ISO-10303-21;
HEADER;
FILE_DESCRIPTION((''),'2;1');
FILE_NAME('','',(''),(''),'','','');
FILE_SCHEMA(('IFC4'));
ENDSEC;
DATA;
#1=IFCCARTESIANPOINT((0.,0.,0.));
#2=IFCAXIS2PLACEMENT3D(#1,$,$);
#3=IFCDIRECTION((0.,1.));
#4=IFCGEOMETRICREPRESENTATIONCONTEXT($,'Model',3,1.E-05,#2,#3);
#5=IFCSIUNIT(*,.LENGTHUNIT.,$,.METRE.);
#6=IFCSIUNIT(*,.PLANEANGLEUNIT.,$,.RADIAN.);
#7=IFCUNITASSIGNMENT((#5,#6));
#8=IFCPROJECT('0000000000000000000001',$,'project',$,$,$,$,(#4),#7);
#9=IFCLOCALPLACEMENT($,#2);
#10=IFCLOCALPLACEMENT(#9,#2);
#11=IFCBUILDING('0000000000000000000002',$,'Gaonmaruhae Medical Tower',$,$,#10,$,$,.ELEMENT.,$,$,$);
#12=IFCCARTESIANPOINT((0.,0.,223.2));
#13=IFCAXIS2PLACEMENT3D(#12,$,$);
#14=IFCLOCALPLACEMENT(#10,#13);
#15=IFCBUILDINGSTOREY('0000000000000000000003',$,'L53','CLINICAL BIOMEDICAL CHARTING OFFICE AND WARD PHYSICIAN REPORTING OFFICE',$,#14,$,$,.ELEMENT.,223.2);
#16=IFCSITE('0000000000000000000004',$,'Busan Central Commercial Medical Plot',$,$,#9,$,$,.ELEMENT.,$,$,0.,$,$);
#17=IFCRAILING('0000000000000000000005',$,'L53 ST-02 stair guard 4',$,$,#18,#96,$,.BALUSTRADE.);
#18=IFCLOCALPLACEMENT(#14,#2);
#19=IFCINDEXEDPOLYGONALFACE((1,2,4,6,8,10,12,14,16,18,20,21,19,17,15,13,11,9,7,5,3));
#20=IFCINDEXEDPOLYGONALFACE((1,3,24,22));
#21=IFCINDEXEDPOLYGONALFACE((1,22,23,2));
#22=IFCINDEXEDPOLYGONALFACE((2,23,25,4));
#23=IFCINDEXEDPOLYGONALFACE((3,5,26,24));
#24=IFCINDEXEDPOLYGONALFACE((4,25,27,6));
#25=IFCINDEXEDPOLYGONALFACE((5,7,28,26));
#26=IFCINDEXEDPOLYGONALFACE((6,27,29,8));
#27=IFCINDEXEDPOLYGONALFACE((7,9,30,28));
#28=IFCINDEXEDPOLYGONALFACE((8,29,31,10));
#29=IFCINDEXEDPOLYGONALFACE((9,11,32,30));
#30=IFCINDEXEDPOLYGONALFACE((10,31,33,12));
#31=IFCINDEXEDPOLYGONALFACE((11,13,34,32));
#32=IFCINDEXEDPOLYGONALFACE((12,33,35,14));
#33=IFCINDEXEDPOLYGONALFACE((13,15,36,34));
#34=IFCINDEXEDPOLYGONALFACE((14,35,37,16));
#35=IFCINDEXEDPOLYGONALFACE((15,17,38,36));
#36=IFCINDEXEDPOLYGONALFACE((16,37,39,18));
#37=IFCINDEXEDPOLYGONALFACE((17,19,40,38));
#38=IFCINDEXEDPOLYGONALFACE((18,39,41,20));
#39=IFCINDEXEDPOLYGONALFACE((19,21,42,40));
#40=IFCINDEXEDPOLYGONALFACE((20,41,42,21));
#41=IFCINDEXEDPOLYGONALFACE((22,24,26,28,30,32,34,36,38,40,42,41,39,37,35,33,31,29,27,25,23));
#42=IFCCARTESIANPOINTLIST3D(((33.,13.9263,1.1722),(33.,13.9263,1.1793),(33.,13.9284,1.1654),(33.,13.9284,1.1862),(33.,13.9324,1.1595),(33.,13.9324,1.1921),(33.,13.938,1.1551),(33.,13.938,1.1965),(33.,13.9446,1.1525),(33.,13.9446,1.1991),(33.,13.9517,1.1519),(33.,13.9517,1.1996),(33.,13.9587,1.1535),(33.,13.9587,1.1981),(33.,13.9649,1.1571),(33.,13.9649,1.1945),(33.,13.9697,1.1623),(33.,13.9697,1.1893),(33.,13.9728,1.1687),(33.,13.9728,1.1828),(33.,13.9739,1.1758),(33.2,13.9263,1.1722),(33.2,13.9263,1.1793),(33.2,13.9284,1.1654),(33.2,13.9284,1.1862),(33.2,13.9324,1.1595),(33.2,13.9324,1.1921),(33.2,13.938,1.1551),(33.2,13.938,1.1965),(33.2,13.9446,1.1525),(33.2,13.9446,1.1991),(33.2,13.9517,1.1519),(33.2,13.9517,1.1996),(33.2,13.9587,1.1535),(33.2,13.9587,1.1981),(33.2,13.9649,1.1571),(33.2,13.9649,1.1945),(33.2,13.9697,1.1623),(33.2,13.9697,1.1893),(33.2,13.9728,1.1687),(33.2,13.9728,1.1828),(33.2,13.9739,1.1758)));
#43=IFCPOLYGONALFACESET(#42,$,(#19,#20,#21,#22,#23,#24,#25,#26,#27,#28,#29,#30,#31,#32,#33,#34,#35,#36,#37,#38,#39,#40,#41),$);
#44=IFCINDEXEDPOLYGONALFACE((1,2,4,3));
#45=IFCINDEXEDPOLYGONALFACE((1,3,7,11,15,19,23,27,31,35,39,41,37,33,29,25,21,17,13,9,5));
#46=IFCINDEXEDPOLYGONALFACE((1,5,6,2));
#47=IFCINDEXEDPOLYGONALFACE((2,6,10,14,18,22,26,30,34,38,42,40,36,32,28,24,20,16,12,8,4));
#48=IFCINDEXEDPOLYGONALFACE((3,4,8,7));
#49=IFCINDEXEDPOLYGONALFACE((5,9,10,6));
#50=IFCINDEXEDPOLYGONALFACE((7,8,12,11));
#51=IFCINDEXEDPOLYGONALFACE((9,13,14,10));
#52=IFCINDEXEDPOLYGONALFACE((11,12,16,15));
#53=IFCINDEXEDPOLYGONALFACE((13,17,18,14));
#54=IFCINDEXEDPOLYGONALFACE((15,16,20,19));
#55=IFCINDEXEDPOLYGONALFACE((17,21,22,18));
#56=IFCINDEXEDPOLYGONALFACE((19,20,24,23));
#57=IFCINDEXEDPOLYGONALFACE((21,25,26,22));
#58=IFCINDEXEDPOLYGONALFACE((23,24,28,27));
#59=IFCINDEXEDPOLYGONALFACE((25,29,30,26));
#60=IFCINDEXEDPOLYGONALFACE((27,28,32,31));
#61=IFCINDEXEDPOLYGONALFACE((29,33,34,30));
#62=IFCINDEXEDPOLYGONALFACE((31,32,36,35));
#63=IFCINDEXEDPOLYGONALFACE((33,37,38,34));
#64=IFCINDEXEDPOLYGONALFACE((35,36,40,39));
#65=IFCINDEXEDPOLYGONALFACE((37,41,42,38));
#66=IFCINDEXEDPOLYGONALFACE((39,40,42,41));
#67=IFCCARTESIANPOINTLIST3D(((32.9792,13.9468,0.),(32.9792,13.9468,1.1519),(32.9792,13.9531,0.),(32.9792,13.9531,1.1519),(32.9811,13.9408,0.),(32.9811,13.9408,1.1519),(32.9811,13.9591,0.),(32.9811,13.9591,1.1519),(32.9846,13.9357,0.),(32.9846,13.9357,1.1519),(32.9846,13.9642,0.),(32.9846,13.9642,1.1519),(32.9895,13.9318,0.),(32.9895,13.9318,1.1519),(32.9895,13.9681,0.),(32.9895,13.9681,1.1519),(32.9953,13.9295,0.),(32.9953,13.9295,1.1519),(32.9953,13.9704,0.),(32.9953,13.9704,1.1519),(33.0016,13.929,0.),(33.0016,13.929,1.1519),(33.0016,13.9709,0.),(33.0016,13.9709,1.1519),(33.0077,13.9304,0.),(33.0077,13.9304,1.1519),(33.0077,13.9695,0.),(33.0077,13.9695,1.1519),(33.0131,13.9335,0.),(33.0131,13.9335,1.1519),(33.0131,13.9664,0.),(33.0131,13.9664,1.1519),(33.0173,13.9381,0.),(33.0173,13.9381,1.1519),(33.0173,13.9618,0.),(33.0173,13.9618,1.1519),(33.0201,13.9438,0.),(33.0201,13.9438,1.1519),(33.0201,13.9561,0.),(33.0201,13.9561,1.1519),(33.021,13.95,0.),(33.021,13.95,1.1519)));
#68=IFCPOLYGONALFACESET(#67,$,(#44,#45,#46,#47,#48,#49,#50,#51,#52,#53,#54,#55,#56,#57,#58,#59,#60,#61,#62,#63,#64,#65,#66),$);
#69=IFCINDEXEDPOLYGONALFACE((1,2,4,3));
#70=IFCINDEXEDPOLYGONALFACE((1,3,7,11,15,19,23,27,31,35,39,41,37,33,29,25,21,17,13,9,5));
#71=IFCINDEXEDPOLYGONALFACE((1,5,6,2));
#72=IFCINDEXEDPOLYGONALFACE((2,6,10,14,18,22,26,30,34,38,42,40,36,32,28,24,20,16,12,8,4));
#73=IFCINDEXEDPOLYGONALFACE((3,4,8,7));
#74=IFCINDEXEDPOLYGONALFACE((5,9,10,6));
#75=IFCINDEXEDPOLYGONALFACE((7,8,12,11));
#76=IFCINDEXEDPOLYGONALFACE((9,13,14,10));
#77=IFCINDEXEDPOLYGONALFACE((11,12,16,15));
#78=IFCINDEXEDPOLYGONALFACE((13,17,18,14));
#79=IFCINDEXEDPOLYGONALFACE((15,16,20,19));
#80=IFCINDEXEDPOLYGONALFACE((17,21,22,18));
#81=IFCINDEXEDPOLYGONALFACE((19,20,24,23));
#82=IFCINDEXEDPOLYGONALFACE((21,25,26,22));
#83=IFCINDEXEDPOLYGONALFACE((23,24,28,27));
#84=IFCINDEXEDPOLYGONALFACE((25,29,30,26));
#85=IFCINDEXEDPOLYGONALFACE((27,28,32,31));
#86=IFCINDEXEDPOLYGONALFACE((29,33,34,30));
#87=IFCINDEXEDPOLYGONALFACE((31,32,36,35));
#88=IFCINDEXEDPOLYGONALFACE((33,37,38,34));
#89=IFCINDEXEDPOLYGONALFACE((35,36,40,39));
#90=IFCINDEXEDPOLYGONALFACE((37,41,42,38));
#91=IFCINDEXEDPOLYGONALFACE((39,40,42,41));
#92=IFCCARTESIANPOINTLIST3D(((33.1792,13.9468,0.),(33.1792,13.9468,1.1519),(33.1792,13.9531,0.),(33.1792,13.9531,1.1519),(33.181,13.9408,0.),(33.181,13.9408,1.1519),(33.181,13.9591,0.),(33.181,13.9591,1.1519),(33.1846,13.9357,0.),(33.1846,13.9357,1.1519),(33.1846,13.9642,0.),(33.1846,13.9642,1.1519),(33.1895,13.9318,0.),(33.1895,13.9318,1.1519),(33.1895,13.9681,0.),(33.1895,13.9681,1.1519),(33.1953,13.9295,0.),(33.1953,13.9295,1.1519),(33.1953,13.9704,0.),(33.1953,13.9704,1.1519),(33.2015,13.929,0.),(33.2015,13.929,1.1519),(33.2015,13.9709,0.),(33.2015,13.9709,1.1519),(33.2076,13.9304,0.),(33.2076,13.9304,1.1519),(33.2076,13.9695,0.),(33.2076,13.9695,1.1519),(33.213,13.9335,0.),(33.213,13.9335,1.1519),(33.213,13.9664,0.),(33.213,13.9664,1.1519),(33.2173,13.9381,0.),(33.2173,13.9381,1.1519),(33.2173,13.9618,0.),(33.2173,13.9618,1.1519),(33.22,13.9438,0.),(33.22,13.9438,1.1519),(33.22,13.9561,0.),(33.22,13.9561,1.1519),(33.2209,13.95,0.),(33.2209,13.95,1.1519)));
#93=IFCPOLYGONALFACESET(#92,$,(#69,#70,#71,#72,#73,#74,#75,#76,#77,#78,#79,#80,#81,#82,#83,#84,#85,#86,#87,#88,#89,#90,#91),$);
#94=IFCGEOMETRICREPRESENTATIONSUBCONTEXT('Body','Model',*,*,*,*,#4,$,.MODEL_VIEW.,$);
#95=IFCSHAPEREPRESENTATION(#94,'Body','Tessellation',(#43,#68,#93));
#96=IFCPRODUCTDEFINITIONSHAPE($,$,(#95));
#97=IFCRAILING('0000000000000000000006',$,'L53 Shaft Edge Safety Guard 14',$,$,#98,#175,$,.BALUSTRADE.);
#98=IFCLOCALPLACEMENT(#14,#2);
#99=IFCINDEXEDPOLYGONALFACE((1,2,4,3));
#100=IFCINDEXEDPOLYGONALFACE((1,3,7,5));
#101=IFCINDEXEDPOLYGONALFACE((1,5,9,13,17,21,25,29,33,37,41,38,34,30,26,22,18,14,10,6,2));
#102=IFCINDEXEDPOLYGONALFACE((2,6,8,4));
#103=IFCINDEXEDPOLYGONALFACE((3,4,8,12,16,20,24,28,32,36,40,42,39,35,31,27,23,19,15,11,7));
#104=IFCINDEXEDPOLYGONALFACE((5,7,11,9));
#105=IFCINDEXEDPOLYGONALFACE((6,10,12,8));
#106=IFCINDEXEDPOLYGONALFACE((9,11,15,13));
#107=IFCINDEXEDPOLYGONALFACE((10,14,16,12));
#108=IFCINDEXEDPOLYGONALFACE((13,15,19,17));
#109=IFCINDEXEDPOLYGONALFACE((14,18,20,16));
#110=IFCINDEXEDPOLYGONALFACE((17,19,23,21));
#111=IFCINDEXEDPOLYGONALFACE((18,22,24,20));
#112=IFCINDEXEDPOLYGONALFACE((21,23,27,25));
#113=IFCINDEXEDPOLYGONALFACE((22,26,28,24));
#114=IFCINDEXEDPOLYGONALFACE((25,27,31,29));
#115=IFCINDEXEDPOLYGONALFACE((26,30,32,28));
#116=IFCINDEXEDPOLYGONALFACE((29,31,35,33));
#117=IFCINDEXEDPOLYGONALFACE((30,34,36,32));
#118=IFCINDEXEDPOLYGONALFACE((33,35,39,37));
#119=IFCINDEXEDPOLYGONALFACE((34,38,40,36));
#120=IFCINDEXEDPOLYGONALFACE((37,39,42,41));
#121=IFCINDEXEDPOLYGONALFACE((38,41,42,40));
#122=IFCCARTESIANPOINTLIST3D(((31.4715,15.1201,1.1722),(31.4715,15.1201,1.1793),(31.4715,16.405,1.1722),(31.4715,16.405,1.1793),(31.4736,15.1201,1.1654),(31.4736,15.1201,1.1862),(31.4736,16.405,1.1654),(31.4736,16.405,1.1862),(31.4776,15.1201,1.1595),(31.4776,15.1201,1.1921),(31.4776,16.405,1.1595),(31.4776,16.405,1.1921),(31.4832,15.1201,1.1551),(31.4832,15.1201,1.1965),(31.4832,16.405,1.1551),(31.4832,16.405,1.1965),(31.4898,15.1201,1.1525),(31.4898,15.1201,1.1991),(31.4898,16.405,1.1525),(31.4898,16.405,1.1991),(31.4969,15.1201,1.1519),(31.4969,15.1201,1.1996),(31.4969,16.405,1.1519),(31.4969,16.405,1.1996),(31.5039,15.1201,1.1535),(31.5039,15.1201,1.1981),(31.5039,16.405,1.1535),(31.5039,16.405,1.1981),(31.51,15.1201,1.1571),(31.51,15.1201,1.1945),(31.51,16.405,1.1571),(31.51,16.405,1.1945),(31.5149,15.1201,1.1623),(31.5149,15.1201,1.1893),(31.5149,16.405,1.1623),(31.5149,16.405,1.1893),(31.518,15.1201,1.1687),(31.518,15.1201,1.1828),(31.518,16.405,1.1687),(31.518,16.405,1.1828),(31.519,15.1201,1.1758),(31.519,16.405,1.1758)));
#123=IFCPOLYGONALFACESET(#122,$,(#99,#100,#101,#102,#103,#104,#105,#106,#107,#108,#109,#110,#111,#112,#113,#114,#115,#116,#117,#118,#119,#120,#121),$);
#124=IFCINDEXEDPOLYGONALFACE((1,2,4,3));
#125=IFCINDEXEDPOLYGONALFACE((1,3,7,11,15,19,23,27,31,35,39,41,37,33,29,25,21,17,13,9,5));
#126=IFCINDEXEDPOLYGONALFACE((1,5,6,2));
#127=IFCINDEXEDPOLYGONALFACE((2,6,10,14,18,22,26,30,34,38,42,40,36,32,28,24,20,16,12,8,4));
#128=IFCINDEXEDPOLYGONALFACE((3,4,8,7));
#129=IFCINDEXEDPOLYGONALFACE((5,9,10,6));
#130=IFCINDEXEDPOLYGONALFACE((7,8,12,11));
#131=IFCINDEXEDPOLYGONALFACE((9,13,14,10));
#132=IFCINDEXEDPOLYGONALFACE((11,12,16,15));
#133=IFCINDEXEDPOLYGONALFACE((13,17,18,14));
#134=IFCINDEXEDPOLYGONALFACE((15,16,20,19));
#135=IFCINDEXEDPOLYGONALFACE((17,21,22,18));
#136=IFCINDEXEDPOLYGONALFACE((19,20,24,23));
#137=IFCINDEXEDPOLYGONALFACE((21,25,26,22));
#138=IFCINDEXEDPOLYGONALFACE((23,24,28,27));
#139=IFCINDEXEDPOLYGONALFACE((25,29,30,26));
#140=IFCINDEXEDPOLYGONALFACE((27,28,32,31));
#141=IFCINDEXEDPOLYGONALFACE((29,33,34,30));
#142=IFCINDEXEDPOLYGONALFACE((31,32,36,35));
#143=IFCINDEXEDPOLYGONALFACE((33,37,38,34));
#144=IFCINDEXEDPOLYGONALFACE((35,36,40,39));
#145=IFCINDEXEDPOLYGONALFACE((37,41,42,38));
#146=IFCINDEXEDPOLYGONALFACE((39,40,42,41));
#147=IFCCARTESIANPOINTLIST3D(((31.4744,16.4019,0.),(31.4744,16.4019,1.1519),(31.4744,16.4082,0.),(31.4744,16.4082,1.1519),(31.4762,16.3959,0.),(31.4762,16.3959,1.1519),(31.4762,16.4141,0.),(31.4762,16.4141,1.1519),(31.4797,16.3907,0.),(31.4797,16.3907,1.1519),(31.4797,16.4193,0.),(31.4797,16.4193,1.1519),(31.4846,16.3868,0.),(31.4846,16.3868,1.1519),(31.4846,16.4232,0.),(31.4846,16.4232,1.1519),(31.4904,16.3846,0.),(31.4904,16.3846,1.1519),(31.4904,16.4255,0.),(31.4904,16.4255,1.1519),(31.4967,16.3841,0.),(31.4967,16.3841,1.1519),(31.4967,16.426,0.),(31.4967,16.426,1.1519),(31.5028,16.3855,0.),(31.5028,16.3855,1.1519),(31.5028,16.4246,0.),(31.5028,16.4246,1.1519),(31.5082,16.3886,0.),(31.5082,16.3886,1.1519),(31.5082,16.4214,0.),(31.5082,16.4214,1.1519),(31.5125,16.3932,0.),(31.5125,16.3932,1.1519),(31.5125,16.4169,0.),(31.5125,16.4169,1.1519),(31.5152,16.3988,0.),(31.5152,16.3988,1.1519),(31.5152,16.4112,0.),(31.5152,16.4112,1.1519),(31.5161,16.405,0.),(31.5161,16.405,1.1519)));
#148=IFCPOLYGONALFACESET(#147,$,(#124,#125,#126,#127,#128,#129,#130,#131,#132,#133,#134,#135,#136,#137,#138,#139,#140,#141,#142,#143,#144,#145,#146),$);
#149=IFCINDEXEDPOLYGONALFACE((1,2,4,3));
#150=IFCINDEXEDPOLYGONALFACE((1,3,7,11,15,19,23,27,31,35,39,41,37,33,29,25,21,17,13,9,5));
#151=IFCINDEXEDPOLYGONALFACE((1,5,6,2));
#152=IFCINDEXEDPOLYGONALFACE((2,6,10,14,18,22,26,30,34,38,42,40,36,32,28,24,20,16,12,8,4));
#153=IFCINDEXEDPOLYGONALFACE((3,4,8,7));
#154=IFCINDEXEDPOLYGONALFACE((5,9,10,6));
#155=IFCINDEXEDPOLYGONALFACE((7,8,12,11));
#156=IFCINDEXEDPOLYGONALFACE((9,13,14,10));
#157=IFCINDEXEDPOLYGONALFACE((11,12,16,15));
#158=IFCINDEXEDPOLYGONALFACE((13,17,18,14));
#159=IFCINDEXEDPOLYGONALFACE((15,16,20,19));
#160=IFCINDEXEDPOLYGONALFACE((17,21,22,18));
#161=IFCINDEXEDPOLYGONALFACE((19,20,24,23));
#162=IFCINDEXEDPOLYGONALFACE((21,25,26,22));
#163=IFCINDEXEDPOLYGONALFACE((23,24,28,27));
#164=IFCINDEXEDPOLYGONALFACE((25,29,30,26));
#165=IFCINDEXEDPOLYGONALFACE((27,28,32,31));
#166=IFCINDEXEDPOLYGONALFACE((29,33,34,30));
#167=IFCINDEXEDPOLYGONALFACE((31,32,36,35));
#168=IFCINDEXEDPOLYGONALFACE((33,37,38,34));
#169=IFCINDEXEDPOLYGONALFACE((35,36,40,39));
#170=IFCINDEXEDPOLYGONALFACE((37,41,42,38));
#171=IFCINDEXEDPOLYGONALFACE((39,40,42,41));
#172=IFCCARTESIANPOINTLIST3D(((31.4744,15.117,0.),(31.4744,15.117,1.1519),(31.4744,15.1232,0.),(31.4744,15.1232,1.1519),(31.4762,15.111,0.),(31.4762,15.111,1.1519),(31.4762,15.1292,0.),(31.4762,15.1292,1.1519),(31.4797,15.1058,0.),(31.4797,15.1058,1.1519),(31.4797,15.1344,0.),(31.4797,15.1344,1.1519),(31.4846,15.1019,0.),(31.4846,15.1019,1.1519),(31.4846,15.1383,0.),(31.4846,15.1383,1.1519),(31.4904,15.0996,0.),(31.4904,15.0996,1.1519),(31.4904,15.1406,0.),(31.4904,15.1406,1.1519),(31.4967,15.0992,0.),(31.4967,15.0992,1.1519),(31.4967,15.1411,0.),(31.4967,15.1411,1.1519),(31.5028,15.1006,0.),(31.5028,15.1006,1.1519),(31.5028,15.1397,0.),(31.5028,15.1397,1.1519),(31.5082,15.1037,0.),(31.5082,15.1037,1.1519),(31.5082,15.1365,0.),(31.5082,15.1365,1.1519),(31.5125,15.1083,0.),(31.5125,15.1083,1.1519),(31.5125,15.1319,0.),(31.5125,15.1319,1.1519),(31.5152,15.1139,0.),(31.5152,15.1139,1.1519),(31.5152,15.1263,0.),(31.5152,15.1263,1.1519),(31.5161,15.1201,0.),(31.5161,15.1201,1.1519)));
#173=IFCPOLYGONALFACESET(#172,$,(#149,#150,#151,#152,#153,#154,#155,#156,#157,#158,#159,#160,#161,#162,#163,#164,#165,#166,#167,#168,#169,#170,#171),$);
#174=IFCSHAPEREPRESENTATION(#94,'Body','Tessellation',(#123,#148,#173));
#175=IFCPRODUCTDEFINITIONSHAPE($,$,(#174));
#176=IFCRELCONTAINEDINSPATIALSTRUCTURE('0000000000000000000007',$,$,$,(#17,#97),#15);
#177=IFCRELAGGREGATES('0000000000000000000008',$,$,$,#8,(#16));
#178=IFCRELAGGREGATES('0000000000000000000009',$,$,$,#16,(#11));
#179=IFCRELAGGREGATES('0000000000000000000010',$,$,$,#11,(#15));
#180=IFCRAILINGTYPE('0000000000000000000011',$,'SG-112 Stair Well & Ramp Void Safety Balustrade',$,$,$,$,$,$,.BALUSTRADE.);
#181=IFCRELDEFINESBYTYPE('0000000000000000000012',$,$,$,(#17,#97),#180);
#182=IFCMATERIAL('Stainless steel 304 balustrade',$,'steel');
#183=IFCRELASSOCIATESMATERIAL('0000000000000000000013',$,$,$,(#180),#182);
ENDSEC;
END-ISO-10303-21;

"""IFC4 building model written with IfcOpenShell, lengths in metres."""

from ifc_helpers import new_model, si_unit, direction, frame, origin, origin_2d, place, context, subcontext, project, spatial, circle, extrude, material, type_object, element, save


model = new_model("IFC4")

# Units and contexts
model_context = context("Model", 3, precision=1e-05, world=origin(), true_north=direction((0.0, 1.0)))
body_context = subcontext(model_context, "Body", "Model", "MODEL_VIEW")
ifc_project = project(units=[si_unit("LENGTHUNIT", "METRE"), si_unit("PLANEANGLEUNIT", "RADIAN")], contexts=[model_context])

# Site, building, storey
site_placement = place(None, origin())
site = spatial("IfcSite", under=ifc_project, at=site_placement, Name="Busan Central Commercial Medical Plot", CompositionType="ELEMENT", RefElevation=0.0)
building_placement = place(site_placement, origin())
building = spatial("IfcBuilding", under=site, at=building_placement, Name="Gaonmaruhae Medical Tower", CompositionType="ELEMENT")
storey_placement = place(building_placement, frame((0.0, 0.0, 223.2)))
storey = spatial("IfcBuildingStorey", under=building, at=storey_placement, Name="L53", Description="CLINICAL BIOMEDICAL CHARTING OFFICE AND WARD PHYSICIAN REPORTING OFFICE", CompositionType="ELEMENT", Elevation=223.2)

# Railings
ifc_material_1 = material(Name="Stainless steel 304 balustrade", Category="steel")
railing_type_1 = type_object("IfcRailingType", Name="SG-112 Stair Well & Ramp Void Safety Balustrade", PredefinedType="BALUSTRADE", material=ifc_material_1)
railing_1_placement = place(storey_placement, frame((33.0, 13.95, 0.0)))
element("IfcRailing", 1, at=railing_1_placement, inside=storey, type_object=railing_type_1, Name="L53 ST-02 stair guard 4", PredefinedType="BALUSTRADE", context=body_context, shape_type="SweptSolid", body=[
    extrude(circle(Radius=0.0239, at=origin_2d()), frame((0.0, 0.0, 1.1758), z_axis=(1.0, 0.0, 0.0), x_axis=(0.0, 1.0, 0.0)), (0.0, 0.0, 1.0), 0.2),
    extrude(circle(Radius=0.021, at=origin_2d()), origin(), (0.0, 0.0, 1.0), 1.1519),
    extrude(circle(Radius=0.021, at=origin_2d()), frame((0.2, 0.0, 0.0)), (0.0, 0.0, 1.0), 1.1519),
])
railing_2_placement = place(storey_placement, frame((31.4951, 16.405, 0.0)))
element("IfcRailing", 2, at=railing_2_placement, inside=storey, type_object=railing_type_1, Name="L53 Shaft Edge Safety Guard 14", PredefinedType="BALUSTRADE", context=body_context, shape_type="SweptSolid", body=[
    extrude(circle(Radius=0.0239, at=origin_2d()), frame((0.0, 0.0, 1.1758), z_axis=(0.0, -1.0, 0.0), x_axis=(1.0, 0.0, 0.0)), (0.0, 0.0, 1.0), 1.2849),
    extrude(circle(Radius=0.021, at=origin_2d()), origin(), (0.0, 0.0, 1.0), 1.1519),
    extrude(circle(Radius=0.021, at=origin_2d()), frame((0.0, -1.2849, 0.0)), (0.0, 0.0, 1.0), 1.1519),
])

save(model, "model.ifc")
